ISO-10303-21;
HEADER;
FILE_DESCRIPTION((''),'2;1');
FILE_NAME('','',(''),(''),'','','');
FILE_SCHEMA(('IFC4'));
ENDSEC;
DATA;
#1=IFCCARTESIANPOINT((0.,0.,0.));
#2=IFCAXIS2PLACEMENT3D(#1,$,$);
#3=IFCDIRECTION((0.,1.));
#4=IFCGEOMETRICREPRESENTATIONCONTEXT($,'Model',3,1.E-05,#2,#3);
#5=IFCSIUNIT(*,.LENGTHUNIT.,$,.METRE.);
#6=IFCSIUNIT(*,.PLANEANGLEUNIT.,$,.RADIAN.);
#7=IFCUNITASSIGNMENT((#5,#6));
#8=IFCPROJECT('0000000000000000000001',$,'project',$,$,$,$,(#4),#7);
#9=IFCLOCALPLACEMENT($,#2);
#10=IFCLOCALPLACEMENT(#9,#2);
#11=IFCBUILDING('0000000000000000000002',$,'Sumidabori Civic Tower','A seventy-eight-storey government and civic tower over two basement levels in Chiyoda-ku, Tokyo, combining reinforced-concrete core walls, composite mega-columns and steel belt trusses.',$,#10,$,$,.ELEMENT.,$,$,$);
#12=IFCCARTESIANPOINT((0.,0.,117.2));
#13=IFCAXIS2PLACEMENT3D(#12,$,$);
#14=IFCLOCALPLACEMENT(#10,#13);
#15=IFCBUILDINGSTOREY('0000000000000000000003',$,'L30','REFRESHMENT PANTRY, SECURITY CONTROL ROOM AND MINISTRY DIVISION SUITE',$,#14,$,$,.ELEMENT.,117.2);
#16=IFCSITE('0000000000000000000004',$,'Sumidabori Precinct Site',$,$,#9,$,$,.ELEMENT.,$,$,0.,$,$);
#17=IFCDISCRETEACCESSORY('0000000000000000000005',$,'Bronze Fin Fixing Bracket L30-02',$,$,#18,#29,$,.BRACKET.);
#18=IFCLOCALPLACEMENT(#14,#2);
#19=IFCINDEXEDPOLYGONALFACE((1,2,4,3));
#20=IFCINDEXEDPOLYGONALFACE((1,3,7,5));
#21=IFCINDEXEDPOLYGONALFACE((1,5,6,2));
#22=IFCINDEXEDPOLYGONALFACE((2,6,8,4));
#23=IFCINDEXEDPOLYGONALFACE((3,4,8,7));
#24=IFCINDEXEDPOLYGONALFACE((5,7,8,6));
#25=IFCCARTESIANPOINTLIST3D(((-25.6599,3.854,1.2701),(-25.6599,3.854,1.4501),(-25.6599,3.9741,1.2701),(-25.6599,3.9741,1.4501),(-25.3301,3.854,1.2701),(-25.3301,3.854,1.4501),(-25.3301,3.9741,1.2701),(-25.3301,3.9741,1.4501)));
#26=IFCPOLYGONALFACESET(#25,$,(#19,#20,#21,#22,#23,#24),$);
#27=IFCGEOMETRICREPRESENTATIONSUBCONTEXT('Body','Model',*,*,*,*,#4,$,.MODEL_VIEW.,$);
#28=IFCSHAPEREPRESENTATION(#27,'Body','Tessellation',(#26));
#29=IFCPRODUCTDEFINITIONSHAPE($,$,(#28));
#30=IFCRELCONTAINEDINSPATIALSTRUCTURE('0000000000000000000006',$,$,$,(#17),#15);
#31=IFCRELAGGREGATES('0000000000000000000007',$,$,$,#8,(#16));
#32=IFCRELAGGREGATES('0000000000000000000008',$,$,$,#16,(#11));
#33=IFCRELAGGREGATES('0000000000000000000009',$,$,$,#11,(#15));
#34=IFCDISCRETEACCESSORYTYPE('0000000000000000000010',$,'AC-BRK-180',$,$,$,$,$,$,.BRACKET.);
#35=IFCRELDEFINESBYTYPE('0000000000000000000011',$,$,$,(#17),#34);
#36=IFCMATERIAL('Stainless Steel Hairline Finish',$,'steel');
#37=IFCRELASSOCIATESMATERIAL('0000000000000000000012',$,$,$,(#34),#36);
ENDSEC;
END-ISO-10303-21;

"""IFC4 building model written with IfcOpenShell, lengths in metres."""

from ifc_helpers import new_model, si_unit, direction, frame, origin, origin_2d, place, context, subcontext, project, spatial, rectangle, extrude, source, transform, mapped, material, material_profile, profile_set, type_object, element, save


model = new_model("IFC4")

# Units and contexts
model_context = context("Model", 3, precision=1e-05, world=origin(), true_north=direction((0.0, 1.0)))
body_context = subcontext(model_context, "Body", "Model", "MODEL_VIEW")
ifc_project = project(units=[si_unit("LENGTHUNIT", "METRE"), si_unit("PLANEANGLEUNIT", "RADIAN")], contexts=[model_context])

# Site, building, storey
site_placement = place(None, origin())
site = spatial("IfcSite", under=ifc_project, at=site_placement, Name="Sumidabori Precinct Site", CompositionType="ELEMENT", RefElevation=0.0)
building_placement = place(site_placement, origin())
building = spatial("IfcBuilding", under=site, at=building_placement, Name="Sumidabori Civic Tower", Description="A seventy-eight-storey government and civic tower over two basement levels in Chiyoda-ku, Tokyo, combining reinforced-concrete core walls, composite mega-columns and steel belt trusses.", CompositionType="ELEMENT")
storey_placement = place(building_placement, frame((0.0, 0.0, 117.2)))
storey = spatial("IfcBuildingStorey", under=building, at=storey_placement, Name="L30", Description="REFRESHMENT PANTRY, SECURITY CONTROL ROOM AND MINISTRY DIVISION SUITE", CompositionType="ELEMENT", Elevation=117.2)

# Discrete accessory
ifc_material_1 = material(Name="Stainless Steel Hairline Finish", Category="steel")
ifc_material_profile_1 = material_profile(ifc_material_1, rectangle(XDim=0.1201, YDim=0.1799, at=origin_2d()), Name="STEEL BRACKET 180x120")
ifc_profile_set_1 = profile_set([ifc_material_profile_1], Name="Stainless Steel Hairline Finish")
discrete_accessory_type = type_object("IfcDiscreteAccessoryType", Name="AC-BRK-180", PredefinedType="BRACKET", material=ifc_profile_set_1)
shared_shape_1 = source(origin(), body_context, "Body", "SweptSolid", [
    extrude(rectangle(XDim=0.1201, YDim=0.1799, at=origin_2d()), origin(), (0.0, 0.0, 1.0), 0.3298),
])
discrete_accessory_placement = place(storey_placement, frame((-25.3301, 3.9141, 1.3601), z_axis=(-1.0, 0.0, 0.0), x_axis=(0.0, -1.0, 0.0)))
element("IfcDiscreteAccessory", 1, at=discrete_accessory_placement, inside=storey, type_object=discrete_accessory_type, Name="Bronze Fin Fixing Bracket L30-02", PredefinedType="BRACKET", context=body_context, shape_type="MappedRepresentation", body=[
    mapped(shared_shape_1, transform((0.0, 0.0, 0.0), x_axis=(1.0, 0.0, 0.0), y_axis=(0.0, 1.0, 0.0), z_axis=(0.0, 0.0, 1.0), scale=1.0)),
])

save(model, "model.ifc")
